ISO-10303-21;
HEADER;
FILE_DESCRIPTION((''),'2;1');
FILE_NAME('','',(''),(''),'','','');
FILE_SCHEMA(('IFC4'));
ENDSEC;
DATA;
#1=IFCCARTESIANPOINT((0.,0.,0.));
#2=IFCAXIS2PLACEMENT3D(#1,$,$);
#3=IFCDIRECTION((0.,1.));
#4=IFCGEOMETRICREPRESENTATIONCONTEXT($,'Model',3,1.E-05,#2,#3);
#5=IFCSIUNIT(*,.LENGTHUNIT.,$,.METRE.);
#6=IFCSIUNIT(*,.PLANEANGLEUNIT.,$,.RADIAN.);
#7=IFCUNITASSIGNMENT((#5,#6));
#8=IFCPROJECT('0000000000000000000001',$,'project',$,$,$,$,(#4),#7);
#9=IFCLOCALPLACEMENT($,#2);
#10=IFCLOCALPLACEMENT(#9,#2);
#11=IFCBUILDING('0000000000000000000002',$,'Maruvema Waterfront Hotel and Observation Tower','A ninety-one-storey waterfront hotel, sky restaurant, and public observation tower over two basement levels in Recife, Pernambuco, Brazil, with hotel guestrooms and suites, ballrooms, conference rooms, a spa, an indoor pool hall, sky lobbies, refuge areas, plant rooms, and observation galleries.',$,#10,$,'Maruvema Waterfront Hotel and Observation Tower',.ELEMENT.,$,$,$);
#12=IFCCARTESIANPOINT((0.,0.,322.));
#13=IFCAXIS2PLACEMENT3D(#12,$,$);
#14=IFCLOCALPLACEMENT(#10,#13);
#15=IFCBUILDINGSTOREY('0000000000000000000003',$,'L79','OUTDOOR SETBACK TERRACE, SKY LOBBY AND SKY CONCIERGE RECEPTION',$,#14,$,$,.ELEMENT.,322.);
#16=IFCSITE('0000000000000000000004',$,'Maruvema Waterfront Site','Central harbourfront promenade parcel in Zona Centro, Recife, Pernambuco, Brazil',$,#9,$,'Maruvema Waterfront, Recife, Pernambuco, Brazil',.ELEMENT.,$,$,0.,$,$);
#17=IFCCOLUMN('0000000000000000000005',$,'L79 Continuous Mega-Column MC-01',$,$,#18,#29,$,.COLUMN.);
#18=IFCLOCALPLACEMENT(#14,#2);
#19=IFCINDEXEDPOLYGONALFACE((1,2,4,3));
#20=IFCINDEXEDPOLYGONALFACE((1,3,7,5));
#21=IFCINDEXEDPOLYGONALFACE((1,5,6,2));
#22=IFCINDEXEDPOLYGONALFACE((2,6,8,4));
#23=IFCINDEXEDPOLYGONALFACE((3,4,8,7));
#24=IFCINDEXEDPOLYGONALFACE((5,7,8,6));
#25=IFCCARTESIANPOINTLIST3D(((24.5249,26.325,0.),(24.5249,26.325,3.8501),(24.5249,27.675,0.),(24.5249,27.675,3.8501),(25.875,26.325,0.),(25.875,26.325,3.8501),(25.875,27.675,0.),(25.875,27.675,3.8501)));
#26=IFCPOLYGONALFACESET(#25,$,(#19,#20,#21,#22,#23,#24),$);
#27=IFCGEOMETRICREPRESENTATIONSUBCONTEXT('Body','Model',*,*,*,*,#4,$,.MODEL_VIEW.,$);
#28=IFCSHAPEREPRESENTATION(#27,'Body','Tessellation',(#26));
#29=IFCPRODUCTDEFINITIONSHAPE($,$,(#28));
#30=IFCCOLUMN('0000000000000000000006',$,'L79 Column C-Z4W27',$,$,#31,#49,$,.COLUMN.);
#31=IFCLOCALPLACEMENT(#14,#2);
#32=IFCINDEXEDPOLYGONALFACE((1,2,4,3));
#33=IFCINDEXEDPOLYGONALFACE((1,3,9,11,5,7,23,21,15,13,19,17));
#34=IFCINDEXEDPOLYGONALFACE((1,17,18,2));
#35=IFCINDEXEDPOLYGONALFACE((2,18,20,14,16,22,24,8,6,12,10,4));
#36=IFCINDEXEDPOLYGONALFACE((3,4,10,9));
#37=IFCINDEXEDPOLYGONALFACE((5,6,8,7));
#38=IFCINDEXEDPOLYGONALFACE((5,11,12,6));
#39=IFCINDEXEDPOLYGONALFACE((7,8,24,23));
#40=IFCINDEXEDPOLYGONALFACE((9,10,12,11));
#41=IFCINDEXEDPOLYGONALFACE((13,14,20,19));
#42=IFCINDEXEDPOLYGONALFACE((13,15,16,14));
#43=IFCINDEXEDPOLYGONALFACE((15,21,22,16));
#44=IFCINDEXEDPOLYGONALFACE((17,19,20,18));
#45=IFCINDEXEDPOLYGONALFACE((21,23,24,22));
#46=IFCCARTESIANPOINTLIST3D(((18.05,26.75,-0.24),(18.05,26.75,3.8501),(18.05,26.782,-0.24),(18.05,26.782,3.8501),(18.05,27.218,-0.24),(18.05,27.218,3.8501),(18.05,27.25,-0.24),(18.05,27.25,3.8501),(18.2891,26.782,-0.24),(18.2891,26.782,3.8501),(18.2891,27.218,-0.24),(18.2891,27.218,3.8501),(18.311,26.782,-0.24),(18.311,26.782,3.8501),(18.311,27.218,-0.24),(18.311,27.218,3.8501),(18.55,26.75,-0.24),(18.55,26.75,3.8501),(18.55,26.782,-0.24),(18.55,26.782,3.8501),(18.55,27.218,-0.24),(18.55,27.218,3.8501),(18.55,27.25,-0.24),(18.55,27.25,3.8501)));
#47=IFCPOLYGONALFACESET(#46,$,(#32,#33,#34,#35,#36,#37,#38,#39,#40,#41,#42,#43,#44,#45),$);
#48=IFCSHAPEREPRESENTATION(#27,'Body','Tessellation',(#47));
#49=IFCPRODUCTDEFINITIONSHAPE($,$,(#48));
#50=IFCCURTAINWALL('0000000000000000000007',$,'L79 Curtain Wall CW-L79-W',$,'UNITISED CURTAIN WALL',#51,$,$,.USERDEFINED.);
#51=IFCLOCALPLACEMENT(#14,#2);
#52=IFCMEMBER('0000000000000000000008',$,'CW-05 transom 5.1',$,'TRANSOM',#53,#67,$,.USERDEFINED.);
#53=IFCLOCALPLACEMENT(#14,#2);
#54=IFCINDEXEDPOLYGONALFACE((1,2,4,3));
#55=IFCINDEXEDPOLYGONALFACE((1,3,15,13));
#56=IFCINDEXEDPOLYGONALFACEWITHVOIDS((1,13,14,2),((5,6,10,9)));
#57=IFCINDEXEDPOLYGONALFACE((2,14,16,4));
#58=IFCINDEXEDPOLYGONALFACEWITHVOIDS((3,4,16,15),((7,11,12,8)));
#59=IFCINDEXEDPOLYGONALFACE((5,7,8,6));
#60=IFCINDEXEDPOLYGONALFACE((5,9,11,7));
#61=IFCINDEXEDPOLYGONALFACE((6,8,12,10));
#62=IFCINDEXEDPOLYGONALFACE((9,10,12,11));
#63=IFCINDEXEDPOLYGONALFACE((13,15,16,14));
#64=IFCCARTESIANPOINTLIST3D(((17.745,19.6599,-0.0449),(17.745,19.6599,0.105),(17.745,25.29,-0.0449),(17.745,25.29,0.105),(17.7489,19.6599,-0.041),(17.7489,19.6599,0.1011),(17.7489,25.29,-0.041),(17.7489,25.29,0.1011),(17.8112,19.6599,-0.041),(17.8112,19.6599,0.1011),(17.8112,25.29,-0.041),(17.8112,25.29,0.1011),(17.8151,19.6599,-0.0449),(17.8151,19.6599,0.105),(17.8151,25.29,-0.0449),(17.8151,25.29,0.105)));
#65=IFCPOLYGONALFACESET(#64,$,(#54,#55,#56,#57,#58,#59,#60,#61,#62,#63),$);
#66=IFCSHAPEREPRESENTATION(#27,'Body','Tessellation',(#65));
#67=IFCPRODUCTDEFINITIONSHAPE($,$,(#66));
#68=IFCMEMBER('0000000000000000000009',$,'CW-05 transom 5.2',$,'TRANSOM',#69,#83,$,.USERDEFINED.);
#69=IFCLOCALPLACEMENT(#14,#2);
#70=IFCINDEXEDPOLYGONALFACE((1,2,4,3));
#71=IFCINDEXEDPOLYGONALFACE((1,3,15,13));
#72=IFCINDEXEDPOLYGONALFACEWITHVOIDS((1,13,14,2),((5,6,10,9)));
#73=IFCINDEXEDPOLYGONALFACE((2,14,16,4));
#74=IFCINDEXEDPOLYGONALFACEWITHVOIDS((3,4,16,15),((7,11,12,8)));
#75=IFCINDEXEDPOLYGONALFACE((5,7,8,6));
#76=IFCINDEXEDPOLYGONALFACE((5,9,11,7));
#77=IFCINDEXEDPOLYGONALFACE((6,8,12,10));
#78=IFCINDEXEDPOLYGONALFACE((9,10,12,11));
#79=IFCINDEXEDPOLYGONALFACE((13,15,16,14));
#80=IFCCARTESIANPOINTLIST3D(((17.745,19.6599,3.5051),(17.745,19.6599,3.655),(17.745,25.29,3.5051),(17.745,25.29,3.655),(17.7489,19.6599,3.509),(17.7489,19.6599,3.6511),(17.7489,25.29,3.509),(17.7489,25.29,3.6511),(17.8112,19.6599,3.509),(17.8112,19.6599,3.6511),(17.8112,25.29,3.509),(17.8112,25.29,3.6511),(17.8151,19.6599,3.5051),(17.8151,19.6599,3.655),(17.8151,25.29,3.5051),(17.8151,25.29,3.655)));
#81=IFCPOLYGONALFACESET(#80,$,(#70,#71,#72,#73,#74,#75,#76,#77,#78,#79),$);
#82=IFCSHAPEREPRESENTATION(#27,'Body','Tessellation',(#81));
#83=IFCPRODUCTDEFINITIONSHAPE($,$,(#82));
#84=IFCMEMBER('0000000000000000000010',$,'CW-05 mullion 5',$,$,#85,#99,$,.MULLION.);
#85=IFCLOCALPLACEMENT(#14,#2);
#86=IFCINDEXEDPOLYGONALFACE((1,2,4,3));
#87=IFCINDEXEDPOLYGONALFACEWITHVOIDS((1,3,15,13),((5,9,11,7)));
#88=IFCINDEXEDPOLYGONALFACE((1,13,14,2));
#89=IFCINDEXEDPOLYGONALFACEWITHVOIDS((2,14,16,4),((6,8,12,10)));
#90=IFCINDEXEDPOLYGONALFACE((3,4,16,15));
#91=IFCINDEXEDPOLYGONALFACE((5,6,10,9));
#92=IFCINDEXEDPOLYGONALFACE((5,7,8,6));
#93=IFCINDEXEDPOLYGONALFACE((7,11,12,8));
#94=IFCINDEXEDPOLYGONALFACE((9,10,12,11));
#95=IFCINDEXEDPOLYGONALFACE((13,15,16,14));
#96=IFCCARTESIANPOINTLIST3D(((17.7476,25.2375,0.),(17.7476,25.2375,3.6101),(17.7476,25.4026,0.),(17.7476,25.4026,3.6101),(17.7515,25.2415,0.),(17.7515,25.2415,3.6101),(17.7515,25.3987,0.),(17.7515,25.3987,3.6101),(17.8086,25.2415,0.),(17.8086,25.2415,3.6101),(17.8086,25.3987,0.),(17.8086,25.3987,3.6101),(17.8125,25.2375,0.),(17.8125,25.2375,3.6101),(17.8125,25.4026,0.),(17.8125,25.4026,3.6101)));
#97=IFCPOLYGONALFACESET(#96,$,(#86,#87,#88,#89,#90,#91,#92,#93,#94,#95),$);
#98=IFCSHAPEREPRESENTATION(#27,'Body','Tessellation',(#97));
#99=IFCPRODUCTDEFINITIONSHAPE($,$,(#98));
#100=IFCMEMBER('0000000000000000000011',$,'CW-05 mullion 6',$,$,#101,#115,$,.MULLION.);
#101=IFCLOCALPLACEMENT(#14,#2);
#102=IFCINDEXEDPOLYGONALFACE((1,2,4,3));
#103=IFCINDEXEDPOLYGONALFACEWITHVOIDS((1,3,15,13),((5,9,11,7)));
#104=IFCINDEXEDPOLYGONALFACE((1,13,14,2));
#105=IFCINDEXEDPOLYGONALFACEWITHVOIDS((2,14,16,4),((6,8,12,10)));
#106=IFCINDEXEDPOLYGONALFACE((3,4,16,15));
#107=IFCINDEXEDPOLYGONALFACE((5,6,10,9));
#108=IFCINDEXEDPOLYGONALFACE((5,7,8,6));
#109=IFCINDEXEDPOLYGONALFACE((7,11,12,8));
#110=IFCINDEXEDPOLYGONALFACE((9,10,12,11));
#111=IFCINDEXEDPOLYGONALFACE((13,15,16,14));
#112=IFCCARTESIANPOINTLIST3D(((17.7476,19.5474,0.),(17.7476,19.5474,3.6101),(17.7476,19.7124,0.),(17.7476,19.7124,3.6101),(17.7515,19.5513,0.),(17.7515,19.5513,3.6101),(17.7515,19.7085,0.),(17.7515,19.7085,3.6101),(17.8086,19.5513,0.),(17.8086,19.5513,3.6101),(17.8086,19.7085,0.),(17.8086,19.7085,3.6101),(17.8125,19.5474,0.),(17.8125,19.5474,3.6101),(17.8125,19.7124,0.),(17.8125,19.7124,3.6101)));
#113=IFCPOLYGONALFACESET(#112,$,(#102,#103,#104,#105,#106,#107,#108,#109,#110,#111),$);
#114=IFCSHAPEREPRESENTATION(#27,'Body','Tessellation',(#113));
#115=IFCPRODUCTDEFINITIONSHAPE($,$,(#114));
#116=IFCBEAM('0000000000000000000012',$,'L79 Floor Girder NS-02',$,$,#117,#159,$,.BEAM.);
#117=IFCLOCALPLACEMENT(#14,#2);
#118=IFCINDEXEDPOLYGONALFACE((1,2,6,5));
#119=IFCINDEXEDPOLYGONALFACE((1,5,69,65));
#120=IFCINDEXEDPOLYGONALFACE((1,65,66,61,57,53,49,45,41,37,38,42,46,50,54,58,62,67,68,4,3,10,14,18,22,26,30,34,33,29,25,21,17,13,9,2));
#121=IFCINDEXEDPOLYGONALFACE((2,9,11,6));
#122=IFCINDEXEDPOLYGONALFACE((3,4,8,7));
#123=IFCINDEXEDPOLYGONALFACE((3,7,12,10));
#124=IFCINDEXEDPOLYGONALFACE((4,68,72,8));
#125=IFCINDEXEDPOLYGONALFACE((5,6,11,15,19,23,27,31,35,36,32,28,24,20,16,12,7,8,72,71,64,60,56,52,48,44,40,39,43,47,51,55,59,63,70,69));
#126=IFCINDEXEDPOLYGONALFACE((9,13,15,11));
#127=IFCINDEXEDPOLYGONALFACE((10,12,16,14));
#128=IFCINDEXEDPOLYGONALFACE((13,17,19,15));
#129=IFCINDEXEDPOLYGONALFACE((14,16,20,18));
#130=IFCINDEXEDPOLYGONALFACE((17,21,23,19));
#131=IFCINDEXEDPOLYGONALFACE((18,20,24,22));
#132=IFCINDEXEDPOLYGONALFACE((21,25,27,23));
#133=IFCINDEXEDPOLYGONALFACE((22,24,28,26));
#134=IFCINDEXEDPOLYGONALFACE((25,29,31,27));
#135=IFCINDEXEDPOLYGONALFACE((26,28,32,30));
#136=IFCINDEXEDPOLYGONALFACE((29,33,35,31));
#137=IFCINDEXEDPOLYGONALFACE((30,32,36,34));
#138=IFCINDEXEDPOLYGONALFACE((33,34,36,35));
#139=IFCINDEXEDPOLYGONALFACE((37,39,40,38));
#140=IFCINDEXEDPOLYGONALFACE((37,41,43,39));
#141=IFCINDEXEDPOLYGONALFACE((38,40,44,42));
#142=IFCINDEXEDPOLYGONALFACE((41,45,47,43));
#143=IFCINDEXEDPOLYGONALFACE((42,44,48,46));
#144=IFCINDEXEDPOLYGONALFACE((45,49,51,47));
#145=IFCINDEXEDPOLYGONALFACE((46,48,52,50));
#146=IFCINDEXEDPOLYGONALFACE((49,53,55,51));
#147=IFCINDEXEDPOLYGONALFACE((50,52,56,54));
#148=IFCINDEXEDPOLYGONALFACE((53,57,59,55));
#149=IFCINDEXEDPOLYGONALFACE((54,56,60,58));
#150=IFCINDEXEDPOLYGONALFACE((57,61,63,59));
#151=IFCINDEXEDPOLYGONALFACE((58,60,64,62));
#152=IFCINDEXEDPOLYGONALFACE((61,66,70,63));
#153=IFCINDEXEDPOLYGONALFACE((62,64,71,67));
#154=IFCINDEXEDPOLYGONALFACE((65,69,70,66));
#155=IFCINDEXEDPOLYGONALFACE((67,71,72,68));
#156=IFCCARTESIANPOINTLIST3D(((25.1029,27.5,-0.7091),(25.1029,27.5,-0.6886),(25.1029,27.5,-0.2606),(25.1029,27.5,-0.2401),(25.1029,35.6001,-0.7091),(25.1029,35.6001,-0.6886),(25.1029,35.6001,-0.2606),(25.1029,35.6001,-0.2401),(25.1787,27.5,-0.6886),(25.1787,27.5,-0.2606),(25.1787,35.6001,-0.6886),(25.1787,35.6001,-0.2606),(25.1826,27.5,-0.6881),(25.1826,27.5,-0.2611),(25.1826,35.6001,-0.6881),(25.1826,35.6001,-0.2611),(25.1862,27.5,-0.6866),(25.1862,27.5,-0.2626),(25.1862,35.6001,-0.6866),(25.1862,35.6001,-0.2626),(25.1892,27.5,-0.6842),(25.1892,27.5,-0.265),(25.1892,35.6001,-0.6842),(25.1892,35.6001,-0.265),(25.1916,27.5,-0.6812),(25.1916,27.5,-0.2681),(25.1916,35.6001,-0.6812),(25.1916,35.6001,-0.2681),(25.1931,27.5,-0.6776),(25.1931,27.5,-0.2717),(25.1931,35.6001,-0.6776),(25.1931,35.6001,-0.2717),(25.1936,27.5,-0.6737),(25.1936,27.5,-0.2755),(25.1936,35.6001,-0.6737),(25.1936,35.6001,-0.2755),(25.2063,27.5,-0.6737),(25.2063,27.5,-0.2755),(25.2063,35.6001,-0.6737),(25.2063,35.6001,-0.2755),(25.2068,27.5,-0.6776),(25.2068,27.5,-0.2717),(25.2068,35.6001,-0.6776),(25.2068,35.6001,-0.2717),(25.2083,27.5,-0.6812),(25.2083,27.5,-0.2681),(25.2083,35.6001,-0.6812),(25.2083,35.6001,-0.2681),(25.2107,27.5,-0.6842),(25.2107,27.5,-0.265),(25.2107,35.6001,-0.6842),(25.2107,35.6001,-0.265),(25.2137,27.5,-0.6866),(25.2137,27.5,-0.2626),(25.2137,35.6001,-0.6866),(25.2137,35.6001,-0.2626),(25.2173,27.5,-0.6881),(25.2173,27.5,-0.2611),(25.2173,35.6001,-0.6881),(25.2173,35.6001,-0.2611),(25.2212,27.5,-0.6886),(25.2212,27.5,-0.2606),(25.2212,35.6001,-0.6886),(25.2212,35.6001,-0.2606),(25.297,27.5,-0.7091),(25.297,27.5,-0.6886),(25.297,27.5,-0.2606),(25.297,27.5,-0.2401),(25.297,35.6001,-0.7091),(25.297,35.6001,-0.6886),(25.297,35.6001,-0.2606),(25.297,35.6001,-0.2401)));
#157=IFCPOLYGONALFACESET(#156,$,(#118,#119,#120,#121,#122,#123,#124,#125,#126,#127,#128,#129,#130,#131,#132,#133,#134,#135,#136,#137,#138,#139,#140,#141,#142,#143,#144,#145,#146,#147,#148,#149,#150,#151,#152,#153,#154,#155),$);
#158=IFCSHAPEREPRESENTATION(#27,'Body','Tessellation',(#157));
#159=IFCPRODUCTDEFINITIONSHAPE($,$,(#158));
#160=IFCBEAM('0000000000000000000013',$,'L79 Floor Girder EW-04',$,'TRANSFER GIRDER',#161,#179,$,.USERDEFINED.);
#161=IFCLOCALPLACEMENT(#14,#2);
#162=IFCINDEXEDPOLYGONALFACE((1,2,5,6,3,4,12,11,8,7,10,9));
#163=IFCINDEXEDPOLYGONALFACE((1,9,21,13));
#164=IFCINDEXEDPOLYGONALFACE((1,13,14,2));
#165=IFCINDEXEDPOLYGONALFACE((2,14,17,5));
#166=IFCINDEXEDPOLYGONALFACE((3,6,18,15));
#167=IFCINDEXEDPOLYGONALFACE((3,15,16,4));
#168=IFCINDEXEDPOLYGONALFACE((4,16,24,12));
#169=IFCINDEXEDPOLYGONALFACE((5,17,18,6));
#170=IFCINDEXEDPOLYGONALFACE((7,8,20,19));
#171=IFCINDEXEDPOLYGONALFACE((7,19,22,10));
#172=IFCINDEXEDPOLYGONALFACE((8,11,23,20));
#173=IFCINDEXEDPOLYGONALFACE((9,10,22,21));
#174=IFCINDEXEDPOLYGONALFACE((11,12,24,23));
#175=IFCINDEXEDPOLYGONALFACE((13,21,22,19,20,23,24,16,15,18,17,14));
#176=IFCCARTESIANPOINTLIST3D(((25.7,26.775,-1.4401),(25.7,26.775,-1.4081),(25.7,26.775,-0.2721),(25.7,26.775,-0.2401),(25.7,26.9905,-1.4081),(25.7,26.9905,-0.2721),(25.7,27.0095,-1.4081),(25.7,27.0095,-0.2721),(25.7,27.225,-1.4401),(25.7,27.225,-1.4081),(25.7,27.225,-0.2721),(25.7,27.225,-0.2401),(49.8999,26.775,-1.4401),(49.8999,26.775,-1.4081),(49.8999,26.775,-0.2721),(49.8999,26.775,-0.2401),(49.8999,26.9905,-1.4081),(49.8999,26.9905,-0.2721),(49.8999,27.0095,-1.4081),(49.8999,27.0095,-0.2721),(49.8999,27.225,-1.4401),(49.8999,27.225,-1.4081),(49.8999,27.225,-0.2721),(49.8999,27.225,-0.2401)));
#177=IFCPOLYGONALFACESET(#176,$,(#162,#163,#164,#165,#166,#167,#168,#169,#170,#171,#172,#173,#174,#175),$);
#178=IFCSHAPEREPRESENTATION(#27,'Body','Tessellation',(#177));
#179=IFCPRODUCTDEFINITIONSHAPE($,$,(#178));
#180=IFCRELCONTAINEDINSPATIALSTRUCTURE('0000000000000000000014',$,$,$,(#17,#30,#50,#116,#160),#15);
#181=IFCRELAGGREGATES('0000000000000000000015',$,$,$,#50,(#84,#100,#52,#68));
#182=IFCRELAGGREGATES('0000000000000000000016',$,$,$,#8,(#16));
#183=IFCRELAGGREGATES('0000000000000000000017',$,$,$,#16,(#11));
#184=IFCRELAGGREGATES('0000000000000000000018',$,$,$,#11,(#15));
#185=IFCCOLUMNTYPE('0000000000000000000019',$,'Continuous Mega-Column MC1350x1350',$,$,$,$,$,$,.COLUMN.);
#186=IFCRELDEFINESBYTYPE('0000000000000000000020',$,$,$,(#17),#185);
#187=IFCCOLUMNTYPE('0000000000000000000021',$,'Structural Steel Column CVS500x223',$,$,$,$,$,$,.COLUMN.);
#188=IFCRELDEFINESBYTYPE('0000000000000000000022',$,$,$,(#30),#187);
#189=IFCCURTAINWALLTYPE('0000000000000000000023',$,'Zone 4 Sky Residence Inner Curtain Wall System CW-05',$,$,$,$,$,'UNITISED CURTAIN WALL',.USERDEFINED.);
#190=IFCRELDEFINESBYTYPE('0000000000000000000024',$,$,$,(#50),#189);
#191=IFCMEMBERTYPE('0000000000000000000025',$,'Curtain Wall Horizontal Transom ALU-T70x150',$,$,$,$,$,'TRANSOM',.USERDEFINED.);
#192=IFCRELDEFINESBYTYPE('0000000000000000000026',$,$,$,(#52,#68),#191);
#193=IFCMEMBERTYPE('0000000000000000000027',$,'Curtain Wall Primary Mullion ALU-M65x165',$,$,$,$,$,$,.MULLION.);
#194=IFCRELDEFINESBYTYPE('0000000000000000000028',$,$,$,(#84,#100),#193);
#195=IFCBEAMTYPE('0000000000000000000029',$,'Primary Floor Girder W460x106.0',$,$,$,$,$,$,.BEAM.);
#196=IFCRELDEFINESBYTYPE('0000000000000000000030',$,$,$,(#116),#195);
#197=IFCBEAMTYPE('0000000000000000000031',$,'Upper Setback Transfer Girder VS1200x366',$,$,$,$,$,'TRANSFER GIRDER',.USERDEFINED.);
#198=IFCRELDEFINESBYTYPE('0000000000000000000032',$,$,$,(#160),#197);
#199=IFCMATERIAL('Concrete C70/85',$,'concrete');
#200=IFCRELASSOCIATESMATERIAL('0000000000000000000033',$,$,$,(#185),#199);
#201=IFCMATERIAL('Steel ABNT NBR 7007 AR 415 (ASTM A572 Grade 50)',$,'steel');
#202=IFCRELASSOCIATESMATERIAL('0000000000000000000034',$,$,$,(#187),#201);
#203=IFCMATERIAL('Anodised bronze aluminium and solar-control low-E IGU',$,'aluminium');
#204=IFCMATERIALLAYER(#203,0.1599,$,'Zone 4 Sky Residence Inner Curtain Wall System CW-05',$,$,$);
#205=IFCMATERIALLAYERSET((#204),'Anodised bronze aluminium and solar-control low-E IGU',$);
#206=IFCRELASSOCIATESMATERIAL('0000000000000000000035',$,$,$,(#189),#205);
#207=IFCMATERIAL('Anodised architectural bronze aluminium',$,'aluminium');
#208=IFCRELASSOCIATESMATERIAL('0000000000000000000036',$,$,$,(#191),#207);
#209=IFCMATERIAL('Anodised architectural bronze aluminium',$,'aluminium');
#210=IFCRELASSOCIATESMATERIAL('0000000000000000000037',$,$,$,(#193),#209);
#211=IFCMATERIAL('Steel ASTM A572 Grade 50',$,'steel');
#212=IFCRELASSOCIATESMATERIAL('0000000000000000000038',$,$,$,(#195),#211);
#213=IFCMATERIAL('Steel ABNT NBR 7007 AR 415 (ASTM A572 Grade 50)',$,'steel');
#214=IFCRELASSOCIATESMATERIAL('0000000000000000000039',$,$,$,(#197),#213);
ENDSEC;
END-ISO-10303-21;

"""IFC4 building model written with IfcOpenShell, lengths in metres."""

from ifc_helpers import new_model, si_unit, direction, frame, origin, origin_2d, place, context, subcontext, project, spatial, rectangle, hollow_rectangle, i_section, extrude, material, layer, layer_set, material_profile, profile_set, type_object, element, aggregate, save


model = new_model("IFC4")

# Units and contexts
model_context = context("Model", 3, precision=1e-05, world=origin(), true_north=direction((0.0, 1.0)))
body_context = subcontext(model_context, "Body", "Model", "MODEL_VIEW")
ifc_project = project(units=[si_unit("LENGTHUNIT", "METRE"), si_unit("PLANEANGLEUNIT", "RADIAN")], contexts=[model_context])

# Site, building, storey
site_placement = place(None, origin())
site = spatial("IfcSite", under=ifc_project, at=site_placement, Name="Maruvema Waterfront Site", Description="Central harbourfront promenade parcel in Zona Centro, Recife, Pernambuco, Brazil", LongName="Maruvema Waterfront, Recife, Pernambuco, Brazil", CompositionType="ELEMENT", RefElevation=0.0)
building_placement = place(site_placement, origin())
building = spatial("IfcBuilding", under=site, at=building_placement, Name="Maruvema Waterfront Hotel and Observation Tower", Description="A ninety-one-storey waterfront hotel, sky restaurant, and public observation tower over two basement levels in Recife, Pernambuco, Brazil, with hotel guestrooms and suites, ballrooms, conference rooms, a spa, an indoor pool hall, sky lobbies, refuge areas, plant rooms, and observation galleries.", LongName="Maruvema Waterfront Hotel and Observation Tower", CompositionType="ELEMENT")
storey_placement = place(building_placement, frame((0.0, 0.0, 322.0)))
storey = spatial("IfcBuildingStorey", under=building, at=storey_placement, Name="L79", Description="OUTDOOR SETBACK TERRACE, SKY LOBBY AND SKY CONCIERGE RECEPTION", CompositionType="ELEMENT", Elevation=322.0)

# Columns
ifc_material_1 = material(Name="Concrete C70/85", Category="concrete")
ifc_material_profile_1 = material_profile(ifc_material_1, rectangle(XDim=1.3501, YDim=1.3501, at=origin_2d()), Name="MC1350x1350")
ifc_profile_set_1 = profile_set([ifc_material_profile_1], Name="Concrete C70/85")
column_type_1 = type_object("IfcColumnType", Name="Continuous Mega-Column MC1350x1350", PredefinedType="COLUMN", material=ifc_profile_set_1)
column_1_placement = place(storey_placement, frame((25.2, 27.0, 0.0), z_axis=(0.0, 0.0, 1.0), x_axis=(1.0, 0.0, 0.0)))
element("IfcColumn", 1, at=column_1_placement, inside=storey, type_object=column_type_1, Name="L79 Continuous Mega-Column MC-01", PredefinedType="COLUMN", context=body_context, shape_type="SweptSolid", body=[
    extrude(rectangle(XDim=1.3501, YDim=1.3501, at=origin_2d()), origin(), (0.0, 0.0, 1.0), 3.8501),
])
ifc_material_2 = material(Name="Steel ABNT NBR 7007 AR 415 (ASTM A572 Grade 50)", Category="steel")
ifc_material_profile_2 = material_profile(ifc_material_2, i_section(OverallWidth=0.5, OverallDepth=0.5, WebThickness=0.022, FlangeThickness=0.032, at=origin_2d()), Name="CVS500x223")
ifc_profile_set_2 = profile_set([ifc_material_profile_2], Name="Steel ABNT NBR 7007 AR 415 (ASTM A572 Grade 50)")
column_type_2 = type_object("IfcColumnType", Name="Structural Steel Column CVS500x223", PredefinedType="COLUMN", material=ifc_profile_set_2)
column_2_placement = place(storey_placement, frame((18.3, 27.0, -0.24), z_axis=(0.0, 0.0, 1.0), x_axis=(1.0, 0.0, 0.0)))
element("IfcColumn", 2, at=column_2_placement, inside=storey, type_object=column_type_2, Name="L79 Column C-Z4W27", PredefinedType="COLUMN", context=body_context, shape_type="SweptSolid", body=[
    extrude(i_section(OverallWidth=0.5, OverallDepth=0.5, WebThickness=0.022, FlangeThickness=0.032, at=origin_2d()), origin(), (0.0, 0.0, 1.0), 4.0901),
])

# Curtain wall, members
ifc_material_3 = material(Name="Anodised bronze aluminium and solar-control low-E IGU", Category="aluminium")
ifc_layer_1 = layer(ifc_material_3, 0.1599, Name="Zone 4 Sky Residence Inner Curtain Wall System CW-05")
ifc_layer_set_1 = layer_set([ifc_layer_1], Name="Anodised bronze aluminium and solar-control low-E IGU")
curtain_wall_type = type_object("IfcCurtainWallType", Name="Zone 4 Sky Residence Inner Curtain Wall System CW-05", ElementType="UNITISED CURTAIN WALL", PredefinedType="USERDEFINED", material=ifc_layer_set_1)
curtain_wall_placement = place(storey_placement, origin())
curtain_wall = element("IfcCurtainWall", 3, at=curtain_wall_placement, inside=storey, type_object=curtain_wall_type, Name="L79 Curtain Wall CW-L79-W", ObjectType="UNITISED CURTAIN WALL", PredefinedType="USERDEFINED")
ifc_material_4 = material(Name="Anodised architectural bronze aluminium", Category="aluminium")
ifc_material_profile_3 = material_profile(ifc_material_4, hollow_rectangle(XDim=0.0701, YDim=0.1499, WallThickness=0.0039, at=origin_2d()), Name="ALU-T70x150")
ifc_profile_set_3 = profile_set([ifc_material_profile_3], Name="Anodised architectural bronze aluminium")
member_type_1 = type_object("IfcMemberType", Name="Curtain Wall Horizontal Transom ALU-T70x150", ElementType="TRANSOM", PredefinedType="USERDEFINED", material=ifc_profile_set_3)
member_1_placement = place(storey_placement, frame((17.78, 25.29, 0.03), z_axis=(0.0, -1.0, 0.0), x_axis=(1.0, 0.0, 0.0)))
member_1 = element("IfcMember", 4, at=member_1_placement, type_object=member_type_1, Name="CW-05 transom 5.1", ObjectType="TRANSOM", PredefinedType="USERDEFINED", context=body_context, shape_type="SweptSolid", body=[
    extrude(hollow_rectangle(XDim=0.0701, YDim=0.1499, WallThickness=0.0039, at=origin_2d()), origin(), (0.0, 0.0, 1.0), 5.6301),
])
member_2_placement = place(storey_placement, frame((17.78, 25.29, 3.5801), z_axis=(0.0, -1.0, 0.0), x_axis=(1.0, 0.0, 0.0)))
member_2 = element("IfcMember", 5, at=member_2_placement, type_object=member_type_1, Name="CW-05 transom 5.2", ObjectType="TRANSOM", PredefinedType="USERDEFINED", context=body_context, shape_type="SweptSolid", body=[
    extrude(hollow_rectangle(XDim=0.0701, YDim=0.1499, WallThickness=0.0039, at=origin_2d()), origin(), (0.0, 0.0, 1.0), 5.6301),
])
ifc_material_5 = material(Name="Anodised architectural bronze aluminium", Category="aluminium")
ifc_material_profile_4 = material_profile(ifc_material_5, hollow_rectangle(XDim=0.0649, YDim=0.165, WallThickness=0.0039, at=origin_2d()), Name="ALU-M65x165")
ifc_profile_set_4 = profile_set([ifc_material_profile_4], Name="Anodised architectural bronze aluminium")
member_type_2 = type_object("IfcMemberType", Name="Curtain Wall Primary Mullion ALU-M65x165", PredefinedType="MULLION", material=ifc_profile_set_4)
member_3_placement = place(storey_placement, frame((17.78, 25.3201, 0.0), z_axis=(0.0, 0.0, 1.0), x_axis=(1.0, 0.0, 0.0)))
member_3 = element("IfcMember", 6, at=member_3_placement, type_object=member_type_2, Name="CW-05 mullion 5", PredefinedType="MULLION", context=body_context, shape_type="SweptSolid", body=[
    extrude(hollow_rectangle(XDim=0.0649, YDim=0.165, WallThickness=0.0039, at=origin_2d()), origin(), (0.0, 0.0, 1.0), 3.6101),
])
member_4_placement = place(storey_placement, frame((17.78, 19.6299, 0.0), z_axis=(0.0, 0.0, 1.0), x_axis=(1.0, 0.0, 0.0)))
member_4 = element("IfcMember", 7, at=member_4_placement, type_object=member_type_2, Name="CW-05 mullion 6", PredefinedType="MULLION", context=body_context, shape_type="SweptSolid", body=[
    extrude(hollow_rectangle(XDim=0.0649, YDim=0.165, WallThickness=0.0039, at=origin_2d()), origin(), (0.0, 0.0, 1.0), 3.6101),
])

# Beams
ifc_material_6 = material(Name="Steel ASTM A572 Grade 50", Category="steel")
ifc_material_profile_5 = material_profile(ifc_material_6, i_section(OverallWidth=0.1941, OverallDepth=0.469, WebThickness=0.0127, FlangeThickness=0.0205, FilletRadius=0.0149, at=origin_2d()), Name="W460x106.0")
ifc_profile_set_5 = profile_set([ifc_material_profile_5], Name="Steel ASTM A572 Grade 50")
beam_type_1 = type_object("IfcBeamType", Name="Primary Floor Girder W460x106.0", PredefinedType="BEAM", material=ifc_profile_set_5)
beam_1_placement = place(storey_placement, frame((25.2, 27.5, -0.4746), z_axis=(0.0, 1.0, 0.0), x_axis=(-1.0, 0.0, 0.0)))
element("IfcBeam", 8, at=beam_1_placement, inside=storey, type_object=beam_type_1, Name="L79 Floor Girder NS-02", PredefinedType="BEAM", context=body_context, shape_type="SweptSolid", body=[
    extrude(i_section(OverallWidth=0.1941, OverallDepth=0.469, WebThickness=0.0127, FlangeThickness=0.0205, FilletRadius=0.0149, at=origin_2d()), origin(), (0.0, 0.0, 1.0), 8.1001),
])
ifc_material_7 = material(Name="Steel ABNT NBR 7007 AR 415 (ASTM A572 Grade 50)", Category="steel")
ifc_material_profile_6 = material_profile(ifc_material_7, i_section(OverallWidth=0.45, OverallDepth=1.2, WebThickness=0.019, FlangeThickness=0.032, at=origin_2d()), Name="VS1200x366")
ifc_profile_set_6 = profile_set([ifc_material_profile_6], Name="Steel ABNT NBR 7007 AR 415 (ASTM A572 Grade 50)")
beam_type_2 = type_object("IfcBeamType", Name="Upper Setback Transfer Girder VS1200x366", ElementType="TRANSFER GIRDER", PredefinedType="USERDEFINED", material=ifc_profile_set_6)
beam_2_placement = place(storey_placement, frame((25.7, 27.0, -0.8401), z_axis=(1.0, 0.0, 0.0), x_axis=(0.0, 1.0, 0.0)))
element("IfcBeam", 9, at=beam_2_placement, inside=storey, type_object=beam_type_2, Name="L79 Floor Girder EW-04", ObjectType="TRANSFER GIRDER", PredefinedType="USERDEFINED", context=body_context, shape_type="SweptSolid", body=[
    extrude(i_section(OverallWidth=0.45, OverallDepth=1.2, WebThickness=0.019, FlangeThickness=0.032, at=origin_2d()), origin(), (0.0, 0.0, 1.0), 24.2),
])

aggregate(curtain_wall, [member_3, member_4, member_1, member_2])

save(model, "model.ifc")
